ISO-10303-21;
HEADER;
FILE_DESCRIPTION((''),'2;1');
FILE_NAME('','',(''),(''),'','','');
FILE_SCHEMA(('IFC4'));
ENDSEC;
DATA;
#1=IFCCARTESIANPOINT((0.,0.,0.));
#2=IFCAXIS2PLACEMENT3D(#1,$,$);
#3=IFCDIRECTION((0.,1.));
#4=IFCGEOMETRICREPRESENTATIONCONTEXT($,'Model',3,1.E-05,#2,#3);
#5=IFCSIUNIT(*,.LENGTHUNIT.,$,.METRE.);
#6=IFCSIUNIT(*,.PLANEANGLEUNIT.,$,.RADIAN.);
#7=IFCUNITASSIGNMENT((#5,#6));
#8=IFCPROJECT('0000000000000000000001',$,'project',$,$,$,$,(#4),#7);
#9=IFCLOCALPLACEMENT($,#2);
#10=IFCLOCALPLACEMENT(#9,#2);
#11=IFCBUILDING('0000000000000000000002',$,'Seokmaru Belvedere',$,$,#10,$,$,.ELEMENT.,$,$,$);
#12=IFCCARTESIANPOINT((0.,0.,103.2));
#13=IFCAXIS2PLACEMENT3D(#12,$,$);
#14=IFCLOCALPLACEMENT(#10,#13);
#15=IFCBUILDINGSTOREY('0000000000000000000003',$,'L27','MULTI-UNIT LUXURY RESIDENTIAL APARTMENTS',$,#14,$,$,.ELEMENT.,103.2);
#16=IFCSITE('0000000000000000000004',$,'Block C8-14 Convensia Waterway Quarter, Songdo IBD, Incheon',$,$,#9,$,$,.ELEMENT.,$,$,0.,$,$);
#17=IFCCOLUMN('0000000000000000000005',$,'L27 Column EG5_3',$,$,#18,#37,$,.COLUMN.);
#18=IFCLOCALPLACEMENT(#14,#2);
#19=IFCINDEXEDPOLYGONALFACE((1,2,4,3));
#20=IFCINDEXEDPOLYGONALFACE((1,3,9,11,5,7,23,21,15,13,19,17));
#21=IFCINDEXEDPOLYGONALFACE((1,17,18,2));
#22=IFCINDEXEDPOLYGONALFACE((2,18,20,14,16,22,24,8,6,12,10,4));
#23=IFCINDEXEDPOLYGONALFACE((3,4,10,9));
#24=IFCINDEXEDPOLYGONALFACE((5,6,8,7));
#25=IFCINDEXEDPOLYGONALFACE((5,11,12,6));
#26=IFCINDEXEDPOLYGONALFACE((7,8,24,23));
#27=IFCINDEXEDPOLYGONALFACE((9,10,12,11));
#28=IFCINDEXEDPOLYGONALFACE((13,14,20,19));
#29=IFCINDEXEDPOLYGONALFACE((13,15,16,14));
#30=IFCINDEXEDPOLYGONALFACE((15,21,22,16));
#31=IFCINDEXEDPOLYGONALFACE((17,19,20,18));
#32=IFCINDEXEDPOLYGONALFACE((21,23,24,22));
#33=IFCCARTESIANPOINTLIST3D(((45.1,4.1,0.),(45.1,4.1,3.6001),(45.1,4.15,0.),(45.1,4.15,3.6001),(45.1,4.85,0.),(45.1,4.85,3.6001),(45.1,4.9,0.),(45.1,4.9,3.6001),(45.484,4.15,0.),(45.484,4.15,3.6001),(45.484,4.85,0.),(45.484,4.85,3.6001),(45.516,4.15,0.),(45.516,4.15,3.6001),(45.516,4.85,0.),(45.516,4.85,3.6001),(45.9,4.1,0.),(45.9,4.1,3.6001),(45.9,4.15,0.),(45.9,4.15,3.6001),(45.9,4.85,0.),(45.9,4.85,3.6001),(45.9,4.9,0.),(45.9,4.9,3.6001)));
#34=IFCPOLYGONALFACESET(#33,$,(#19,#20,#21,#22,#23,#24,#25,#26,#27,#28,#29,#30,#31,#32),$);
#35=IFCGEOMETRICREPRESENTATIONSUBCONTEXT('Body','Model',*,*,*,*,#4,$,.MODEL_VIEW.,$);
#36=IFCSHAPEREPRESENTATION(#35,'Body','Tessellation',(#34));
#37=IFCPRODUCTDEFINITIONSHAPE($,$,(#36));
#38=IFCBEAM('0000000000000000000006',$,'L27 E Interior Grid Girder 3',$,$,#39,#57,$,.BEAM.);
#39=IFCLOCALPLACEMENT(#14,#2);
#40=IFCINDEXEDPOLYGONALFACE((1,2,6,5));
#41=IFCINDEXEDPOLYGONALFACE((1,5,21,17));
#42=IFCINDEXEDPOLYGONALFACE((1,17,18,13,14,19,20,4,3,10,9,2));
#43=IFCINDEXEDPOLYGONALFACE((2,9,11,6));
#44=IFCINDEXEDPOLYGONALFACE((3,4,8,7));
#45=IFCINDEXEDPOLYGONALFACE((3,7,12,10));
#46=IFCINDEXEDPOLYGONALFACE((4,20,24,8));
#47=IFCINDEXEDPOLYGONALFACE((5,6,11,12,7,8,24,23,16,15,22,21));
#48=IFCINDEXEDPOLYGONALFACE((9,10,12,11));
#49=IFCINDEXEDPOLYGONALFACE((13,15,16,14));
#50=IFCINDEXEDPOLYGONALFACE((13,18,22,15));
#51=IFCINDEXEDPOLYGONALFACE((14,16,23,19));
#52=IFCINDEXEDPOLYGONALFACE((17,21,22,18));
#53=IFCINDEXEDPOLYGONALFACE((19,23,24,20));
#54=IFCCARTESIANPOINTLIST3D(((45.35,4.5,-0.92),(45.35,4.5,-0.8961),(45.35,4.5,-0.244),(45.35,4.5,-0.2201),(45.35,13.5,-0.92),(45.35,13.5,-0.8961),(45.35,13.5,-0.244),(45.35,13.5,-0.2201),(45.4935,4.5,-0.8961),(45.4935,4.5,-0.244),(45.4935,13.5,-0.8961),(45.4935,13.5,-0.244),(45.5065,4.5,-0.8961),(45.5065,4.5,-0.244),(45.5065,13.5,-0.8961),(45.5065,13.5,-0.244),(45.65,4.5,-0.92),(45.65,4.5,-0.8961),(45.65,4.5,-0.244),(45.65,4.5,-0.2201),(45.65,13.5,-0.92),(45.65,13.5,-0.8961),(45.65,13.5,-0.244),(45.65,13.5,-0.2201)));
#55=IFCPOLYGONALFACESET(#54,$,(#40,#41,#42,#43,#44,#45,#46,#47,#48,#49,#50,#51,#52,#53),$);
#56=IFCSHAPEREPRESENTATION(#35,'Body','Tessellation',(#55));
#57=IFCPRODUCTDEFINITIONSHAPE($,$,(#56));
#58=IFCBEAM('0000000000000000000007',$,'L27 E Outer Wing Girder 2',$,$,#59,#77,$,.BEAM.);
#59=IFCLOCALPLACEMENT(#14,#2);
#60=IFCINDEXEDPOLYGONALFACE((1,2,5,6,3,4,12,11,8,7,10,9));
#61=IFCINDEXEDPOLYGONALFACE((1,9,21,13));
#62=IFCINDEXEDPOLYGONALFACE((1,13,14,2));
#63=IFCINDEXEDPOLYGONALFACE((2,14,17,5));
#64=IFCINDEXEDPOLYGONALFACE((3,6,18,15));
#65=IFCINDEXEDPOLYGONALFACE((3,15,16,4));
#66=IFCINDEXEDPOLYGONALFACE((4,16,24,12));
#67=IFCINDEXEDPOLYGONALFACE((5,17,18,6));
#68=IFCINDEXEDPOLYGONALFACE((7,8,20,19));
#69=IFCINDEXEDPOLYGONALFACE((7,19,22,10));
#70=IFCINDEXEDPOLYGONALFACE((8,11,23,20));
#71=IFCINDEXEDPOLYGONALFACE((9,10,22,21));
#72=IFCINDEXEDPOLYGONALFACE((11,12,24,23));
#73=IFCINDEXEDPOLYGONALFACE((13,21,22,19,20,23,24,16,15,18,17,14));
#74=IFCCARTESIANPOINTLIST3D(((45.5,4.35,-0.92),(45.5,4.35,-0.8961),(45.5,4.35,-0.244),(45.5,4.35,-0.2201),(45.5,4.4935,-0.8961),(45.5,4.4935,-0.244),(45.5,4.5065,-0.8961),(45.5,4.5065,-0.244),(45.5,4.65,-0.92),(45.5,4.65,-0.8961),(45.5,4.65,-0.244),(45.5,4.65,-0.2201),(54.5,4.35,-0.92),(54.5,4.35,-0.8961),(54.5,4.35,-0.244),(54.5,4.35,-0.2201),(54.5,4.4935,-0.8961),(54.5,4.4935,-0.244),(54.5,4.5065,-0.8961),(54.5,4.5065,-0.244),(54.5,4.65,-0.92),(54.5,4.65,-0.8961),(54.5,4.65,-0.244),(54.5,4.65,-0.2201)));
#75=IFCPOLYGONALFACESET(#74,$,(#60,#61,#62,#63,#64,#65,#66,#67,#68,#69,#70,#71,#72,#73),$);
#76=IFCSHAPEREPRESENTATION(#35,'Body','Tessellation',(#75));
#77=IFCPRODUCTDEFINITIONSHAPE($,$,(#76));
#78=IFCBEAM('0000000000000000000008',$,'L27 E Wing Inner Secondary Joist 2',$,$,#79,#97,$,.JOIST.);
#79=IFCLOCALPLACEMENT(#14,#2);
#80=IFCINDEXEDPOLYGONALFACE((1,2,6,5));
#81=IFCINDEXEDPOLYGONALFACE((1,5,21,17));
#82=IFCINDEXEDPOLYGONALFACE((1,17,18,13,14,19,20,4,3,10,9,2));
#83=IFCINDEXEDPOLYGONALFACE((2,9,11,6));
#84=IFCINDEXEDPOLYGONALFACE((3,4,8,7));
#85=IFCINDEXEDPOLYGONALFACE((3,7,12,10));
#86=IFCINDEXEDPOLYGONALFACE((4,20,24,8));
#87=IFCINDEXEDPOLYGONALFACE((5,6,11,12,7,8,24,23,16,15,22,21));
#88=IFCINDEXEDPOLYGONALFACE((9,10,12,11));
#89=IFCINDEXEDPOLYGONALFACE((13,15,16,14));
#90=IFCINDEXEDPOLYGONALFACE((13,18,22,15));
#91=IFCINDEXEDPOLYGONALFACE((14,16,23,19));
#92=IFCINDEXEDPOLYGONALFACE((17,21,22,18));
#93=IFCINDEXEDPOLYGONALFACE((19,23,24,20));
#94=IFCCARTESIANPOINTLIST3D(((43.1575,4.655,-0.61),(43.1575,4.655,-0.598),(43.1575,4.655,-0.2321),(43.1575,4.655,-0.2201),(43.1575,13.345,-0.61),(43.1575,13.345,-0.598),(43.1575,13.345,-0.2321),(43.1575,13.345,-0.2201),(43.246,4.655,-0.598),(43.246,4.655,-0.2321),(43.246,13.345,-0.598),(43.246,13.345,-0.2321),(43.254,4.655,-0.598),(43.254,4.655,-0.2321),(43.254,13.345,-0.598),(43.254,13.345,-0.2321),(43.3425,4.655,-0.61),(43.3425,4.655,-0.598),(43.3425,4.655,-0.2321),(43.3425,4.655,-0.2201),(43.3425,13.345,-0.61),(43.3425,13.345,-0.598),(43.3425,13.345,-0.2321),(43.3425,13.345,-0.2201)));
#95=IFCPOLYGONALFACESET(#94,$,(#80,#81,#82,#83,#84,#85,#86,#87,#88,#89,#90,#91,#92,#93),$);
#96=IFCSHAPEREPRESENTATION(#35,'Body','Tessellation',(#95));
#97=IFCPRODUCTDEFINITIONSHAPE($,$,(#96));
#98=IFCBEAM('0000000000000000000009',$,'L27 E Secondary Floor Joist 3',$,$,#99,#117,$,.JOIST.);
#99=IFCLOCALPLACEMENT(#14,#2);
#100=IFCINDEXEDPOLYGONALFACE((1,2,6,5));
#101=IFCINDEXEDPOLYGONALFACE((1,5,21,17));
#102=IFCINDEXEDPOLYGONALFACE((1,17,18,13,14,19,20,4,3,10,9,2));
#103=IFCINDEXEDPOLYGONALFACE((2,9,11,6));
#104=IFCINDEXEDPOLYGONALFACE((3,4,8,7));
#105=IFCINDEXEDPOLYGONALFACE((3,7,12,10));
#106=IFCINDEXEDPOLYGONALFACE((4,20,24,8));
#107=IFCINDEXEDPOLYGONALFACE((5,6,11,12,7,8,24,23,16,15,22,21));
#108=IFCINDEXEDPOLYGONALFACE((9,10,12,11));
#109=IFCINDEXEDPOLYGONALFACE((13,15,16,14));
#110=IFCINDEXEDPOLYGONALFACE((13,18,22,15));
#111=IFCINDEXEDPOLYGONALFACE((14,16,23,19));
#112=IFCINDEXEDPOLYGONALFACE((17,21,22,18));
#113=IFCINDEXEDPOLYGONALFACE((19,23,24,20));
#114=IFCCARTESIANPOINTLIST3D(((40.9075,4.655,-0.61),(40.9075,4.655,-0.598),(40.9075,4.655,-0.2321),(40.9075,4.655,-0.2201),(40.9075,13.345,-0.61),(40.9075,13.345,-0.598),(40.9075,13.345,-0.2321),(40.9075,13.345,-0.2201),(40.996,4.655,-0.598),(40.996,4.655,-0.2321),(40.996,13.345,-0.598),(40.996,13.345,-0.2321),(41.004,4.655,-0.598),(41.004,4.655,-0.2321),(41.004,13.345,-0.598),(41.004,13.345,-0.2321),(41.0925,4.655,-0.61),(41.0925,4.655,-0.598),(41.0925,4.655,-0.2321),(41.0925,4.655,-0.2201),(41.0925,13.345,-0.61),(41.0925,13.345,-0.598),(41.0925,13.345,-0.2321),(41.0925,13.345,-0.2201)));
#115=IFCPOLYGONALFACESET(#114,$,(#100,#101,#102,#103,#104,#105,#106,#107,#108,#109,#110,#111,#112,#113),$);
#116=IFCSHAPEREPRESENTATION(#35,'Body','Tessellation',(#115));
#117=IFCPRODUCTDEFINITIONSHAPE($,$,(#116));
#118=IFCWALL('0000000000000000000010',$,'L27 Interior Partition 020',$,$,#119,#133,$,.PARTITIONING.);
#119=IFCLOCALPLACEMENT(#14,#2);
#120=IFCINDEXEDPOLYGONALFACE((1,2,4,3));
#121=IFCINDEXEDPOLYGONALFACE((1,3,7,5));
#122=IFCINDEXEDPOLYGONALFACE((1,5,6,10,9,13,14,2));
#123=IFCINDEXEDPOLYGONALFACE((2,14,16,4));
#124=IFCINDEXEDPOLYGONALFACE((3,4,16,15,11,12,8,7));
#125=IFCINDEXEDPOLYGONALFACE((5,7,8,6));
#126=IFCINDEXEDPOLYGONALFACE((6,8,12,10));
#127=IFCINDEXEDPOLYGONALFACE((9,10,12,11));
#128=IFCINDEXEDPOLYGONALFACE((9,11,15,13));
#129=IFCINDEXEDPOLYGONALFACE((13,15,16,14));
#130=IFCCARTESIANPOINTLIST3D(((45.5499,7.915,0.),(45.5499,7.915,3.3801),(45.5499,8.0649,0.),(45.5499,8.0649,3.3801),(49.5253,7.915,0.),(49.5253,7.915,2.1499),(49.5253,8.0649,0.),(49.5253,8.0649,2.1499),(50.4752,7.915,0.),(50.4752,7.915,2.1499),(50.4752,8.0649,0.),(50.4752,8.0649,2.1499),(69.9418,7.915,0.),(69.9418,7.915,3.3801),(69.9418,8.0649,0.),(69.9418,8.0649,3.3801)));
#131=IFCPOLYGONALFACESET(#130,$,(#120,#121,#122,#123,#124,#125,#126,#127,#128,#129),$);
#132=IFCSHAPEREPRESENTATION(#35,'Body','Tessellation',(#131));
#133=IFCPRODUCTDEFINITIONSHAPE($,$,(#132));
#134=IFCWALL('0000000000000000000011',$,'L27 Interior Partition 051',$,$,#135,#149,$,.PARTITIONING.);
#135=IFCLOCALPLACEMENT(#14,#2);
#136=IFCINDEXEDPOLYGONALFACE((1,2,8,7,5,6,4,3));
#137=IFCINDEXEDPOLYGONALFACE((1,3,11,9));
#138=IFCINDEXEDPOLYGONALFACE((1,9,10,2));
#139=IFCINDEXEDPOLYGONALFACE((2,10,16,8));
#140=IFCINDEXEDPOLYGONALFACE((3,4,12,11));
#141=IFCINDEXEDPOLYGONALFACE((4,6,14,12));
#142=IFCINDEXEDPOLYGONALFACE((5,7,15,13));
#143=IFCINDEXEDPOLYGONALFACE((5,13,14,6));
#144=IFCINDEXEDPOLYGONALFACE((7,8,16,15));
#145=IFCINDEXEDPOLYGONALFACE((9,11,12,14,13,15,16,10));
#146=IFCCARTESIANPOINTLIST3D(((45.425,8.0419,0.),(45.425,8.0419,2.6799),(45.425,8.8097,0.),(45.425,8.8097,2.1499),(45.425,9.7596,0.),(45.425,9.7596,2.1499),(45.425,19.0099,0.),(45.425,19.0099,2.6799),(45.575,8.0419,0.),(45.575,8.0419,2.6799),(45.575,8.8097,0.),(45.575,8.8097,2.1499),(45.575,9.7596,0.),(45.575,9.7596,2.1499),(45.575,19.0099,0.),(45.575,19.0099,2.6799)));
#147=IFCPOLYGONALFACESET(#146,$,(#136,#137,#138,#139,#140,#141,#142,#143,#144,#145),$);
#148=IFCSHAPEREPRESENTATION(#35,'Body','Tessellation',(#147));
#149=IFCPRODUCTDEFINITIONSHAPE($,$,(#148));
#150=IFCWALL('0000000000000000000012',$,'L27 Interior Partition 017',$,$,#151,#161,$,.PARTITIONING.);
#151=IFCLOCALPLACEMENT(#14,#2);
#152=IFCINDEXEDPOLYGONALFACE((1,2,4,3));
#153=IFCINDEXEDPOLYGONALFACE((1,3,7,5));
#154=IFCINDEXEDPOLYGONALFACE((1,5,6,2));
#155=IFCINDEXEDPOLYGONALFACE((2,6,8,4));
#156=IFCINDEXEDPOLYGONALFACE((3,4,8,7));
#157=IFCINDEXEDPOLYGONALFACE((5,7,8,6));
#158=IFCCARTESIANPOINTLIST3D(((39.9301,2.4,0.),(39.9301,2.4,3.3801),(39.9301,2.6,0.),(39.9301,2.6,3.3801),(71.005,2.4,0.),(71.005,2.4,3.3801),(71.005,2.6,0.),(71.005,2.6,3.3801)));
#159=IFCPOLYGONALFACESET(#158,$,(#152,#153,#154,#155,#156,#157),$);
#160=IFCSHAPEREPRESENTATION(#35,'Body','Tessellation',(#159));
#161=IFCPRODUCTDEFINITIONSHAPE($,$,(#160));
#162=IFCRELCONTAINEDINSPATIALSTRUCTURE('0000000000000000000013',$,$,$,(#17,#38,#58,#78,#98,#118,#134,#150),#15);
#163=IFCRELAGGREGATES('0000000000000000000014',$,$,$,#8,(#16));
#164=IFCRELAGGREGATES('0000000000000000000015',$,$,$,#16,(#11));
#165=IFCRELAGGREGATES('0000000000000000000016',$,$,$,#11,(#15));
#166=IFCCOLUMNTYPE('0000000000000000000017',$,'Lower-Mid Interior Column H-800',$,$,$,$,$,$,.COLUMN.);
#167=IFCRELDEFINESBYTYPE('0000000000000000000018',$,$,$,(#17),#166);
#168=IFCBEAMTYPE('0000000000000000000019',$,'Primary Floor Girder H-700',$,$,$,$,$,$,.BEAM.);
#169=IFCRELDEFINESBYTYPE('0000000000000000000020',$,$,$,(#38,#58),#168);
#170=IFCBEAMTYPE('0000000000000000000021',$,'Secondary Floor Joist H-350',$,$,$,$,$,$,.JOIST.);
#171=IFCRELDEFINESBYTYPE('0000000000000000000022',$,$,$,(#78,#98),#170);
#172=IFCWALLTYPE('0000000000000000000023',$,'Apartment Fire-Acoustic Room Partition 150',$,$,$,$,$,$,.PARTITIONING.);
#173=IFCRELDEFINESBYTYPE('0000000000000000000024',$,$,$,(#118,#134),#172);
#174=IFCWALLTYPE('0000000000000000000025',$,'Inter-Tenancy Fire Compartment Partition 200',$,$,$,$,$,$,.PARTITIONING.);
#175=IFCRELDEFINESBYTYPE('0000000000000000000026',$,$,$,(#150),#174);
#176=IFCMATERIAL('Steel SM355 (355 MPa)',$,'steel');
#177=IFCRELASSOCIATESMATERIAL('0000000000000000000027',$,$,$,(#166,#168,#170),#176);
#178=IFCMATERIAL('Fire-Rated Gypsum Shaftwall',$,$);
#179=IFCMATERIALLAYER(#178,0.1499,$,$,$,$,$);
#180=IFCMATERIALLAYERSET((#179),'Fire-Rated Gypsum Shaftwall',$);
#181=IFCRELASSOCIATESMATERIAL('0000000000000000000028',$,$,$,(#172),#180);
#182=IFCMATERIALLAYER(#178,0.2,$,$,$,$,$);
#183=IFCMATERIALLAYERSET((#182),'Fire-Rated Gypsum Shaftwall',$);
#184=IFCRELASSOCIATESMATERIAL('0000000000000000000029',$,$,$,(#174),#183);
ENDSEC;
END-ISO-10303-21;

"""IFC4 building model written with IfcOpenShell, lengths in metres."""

from ifc_helpers import new_model, si_unit, direction, frame, frame_2d, origin, origin_2d, place, context, subcontext, project, spatial, rectangle, i_section, extrude, source, transform, mapped, material, layer, layer_set, material_profile, profile_set, type_object, type_shapes, element, save


model = new_model("IFC4")

# Units and contexts
model_context = context("Model", 3, precision=1e-05, world=origin(), true_north=direction((0.0, 1.0)))
body_context = subcontext(model_context, "Body", "Model", "MODEL_VIEW")
ifc_project = project(units=[si_unit("LENGTHUNIT", "METRE"), si_unit("PLANEANGLEUNIT", "RADIAN")], contexts=[model_context])

# Site, building, storey
site_placement = place(None, origin())
site = spatial("IfcSite", under=ifc_project, at=site_placement, Name="Block C8-14 Convensia Waterway Quarter, Songdo IBD, Incheon", CompositionType="ELEMENT", RefElevation=0.0)
building_placement = place(site_placement, origin())
building = spatial("IfcBuilding", under=site, at=building_placement, Name="Seokmaru Belvedere", CompositionType="ELEMENT")
storey_placement = place(building_placement, frame((0.0, 0.0, 103.2)))
storey = spatial("IfcBuildingStorey", under=building, at=storey_placement, Name="L27", Description="MULTI-UNIT LUXURY RESIDENTIAL APARTMENTS", CompositionType="ELEMENT", Elevation=103.2)

# Column
ifc_material_1 = material(Name="Steel SM355 (355 MPa)", Category="steel")
ifc_material_profile_1 = material_profile(ifc_material_1, i_section(OverallWidth=0.8, OverallDepth=0.8, WebThickness=0.032, FlangeThickness=0.05, at=origin_2d()), Name="H-800x800x32x50")
ifc_profile_set_1 = profile_set([ifc_material_profile_1], Name="Steel SM355 (355 MPa)")
column_type = type_object("IfcColumnType", Name="Lower-Mid Interior Column H-800", PredefinedType="COLUMN", material=ifc_profile_set_1)
shared_shape_1 = source(origin(), body_context, "Body", "SweptSolid", [
    extrude(i_section(OverallWidth=0.8, OverallDepth=0.8, WebThickness=0.032, FlangeThickness=0.05, at=origin_2d()), origin(), (0.0, 0.0, 1.0), 3.6001),
])
type_shapes(column_type, [shared_shape_1])
column_placement = place(storey_placement, frame((45.5, 4.5, 0.0), z_axis=(0.0, 0.0, 1.0), x_axis=(1.0, 0.0, 0.0)))
element("IfcColumn", 1, at=column_placement, inside=storey, type_object=column_type, Name="L27 Column EG5_3", PredefinedType="COLUMN", context=body_context, shape_type="MappedRepresentation", body=[
    mapped(shared_shape_1, transform((0.0, 0.0, 0.0), scale=1.0)),
])

# Beams
ifc_material_profile_2 = material_profile(ifc_material_1, i_section(OverallWidth=0.3, OverallDepth=0.7, WebThickness=0.0129, FlangeThickness=0.0239, at=origin_2d()), Name="H-700x300x13x24")
ifc_profile_set_2 = profile_set([ifc_material_profile_2], Name="Steel SM355 (355 MPa)")
beam_type_1 = type_object("IfcBeamType", Name="Primary Floor Girder H-700", PredefinedType="BEAM", material=ifc_profile_set_2)
shared_shape_2 = source(origin(), body_context, "Body", "SweptSolid", [
    extrude(i_section(OverallWidth=0.3, OverallDepth=0.7, WebThickness=0.0129, FlangeThickness=0.0239, at=origin_2d()), origin(), (0.0, 0.0, 1.0), 9.0),
])
type_shapes(beam_type_1, [shared_shape_2])
for number, where, z_axis, x_axis, name in (
    (2, (45.5, 4.5, -0.5701), (0.0, 1.0, 0.0), (-1.0, 0.0, 0.0), "L27 E Interior Grid Girder 3"),
    (3, (45.5, 4.5, -0.5701), (1.0, 0.0, 0.0), (0.0, 1.0, 0.0), "L27 E Outer Wing Girder 2"),
):
    element("IfcBeam", number, at=place(storey_placement, frame(where, z_axis=z_axis, x_axis=x_axis)), inside=storey, type_object=beam_type_1, Name=name, PredefinedType="BEAM", context=body_context, shape_type="MappedRepresentation", body=[
        mapped(shared_shape_2, transform((0.0, 0.0, 0.0), scale=1.0)),
    ])
ifc_material_profile_3 = material_profile(ifc_material_1, i_section(OverallWidth=0.1851, OverallDepth=0.3899, WebThickness=0.0081, FlangeThickness=0.012, at=origin_2d()), Name="H-390x185x8x12")
ifc_profile_set_3 = profile_set([ifc_material_profile_3], Name="Steel SM355 (355 MPa)")
beam_type_2 = type_object("IfcBeamType", Name="Secondary Floor Joist H-350", PredefinedType="JOIST", material=ifc_profile_set_3)
shared_shape_3 = source(origin(), body_context, "Body", "SweptSolid", [
    extrude(i_section(OverallWidth=0.1851, OverallDepth=0.3899, WebThickness=0.0081, FlangeThickness=0.012, at=origin_2d()), origin(), (0.0, 0.0, 1.0), 8.6899),
])
type_shapes(beam_type_2, [shared_shape_3])
for number, where, z_axis, x_axis, name in (
    (4, (43.25, 4.655, -0.415), (0.0, 1.0, 0.0), (-1.0, 0.0, 0.0), "L27 E Wing Inner Secondary Joist 2"),
    (5, (41.0, 4.655, -0.415), (0.0, 1.0, 0.0), (-1.0, 0.0, 0.0), "L27 E Secondary Floor Joist 3"),
):
    element("IfcBeam", number, at=place(storey_placement, frame(where, z_axis=z_axis, x_axis=x_axis)), inside=storey, type_object=beam_type_2, Name=name, PredefinedType="JOIST", context=body_context, shape_type="MappedRepresentation", body=[
        mapped(shared_shape_3, transform((0.0, 0.0, 0.0), scale=1.0)),
    ])

# Walls, openings
ifc_material_2 = material(Name="Fire-Rated Gypsum Shaftwall")
ifc_layer_1 = layer(ifc_material_2, 0.1499)
ifc_layer_set_1 = layer_set([ifc_layer_1], Name="Fire-Rated Gypsum Shaftwall")
wall_type_1 = type_object("IfcWallType", Name="Apartment Fire-Acoustic Room Partition 150", PredefinedType="PARTITIONING", material=ifc_layer_set_1)
wall_1_placement = place(storey_placement, frame((45.55, 7.99, 0.0), z_axis=(0.0, 0.0, 1.0), x_axis=(1.0, 0.0, 0.0)))
wall_1 = element("IfcWall", 6, at=wall_1_placement, inside=storey, type_object=wall_type_1, Name="L27 Interior Partition 020", PredefinedType="PARTITIONING", context=body_context, shape_type="SweptSolid", body=[
    extrude(rectangle(XDim=24.3918, YDim=0.1499, at=frame_2d((12.1958, 0.0))), origin(), (0.0, 0.0, 1.0), 3.3801),
])
opening_1_placement = place(wall_1_placement, frame((3.9751, 0.0, 0.0)))
element("IfcOpeningElement", 7, at=opening_1_placement, cuts=wall_1, PredefinedType="OPENING", context=body_context, shape_type="SweptSolid", body=[
    extrude(rectangle(XDim=0.95, YDim=2.1499, at=frame_2d((0.4751, 1.075))), frame((0.0, 0.085, 0.0), z_axis=(0.0, -1.0, 0.0), x_axis=(1.0, 0.0, 0.0)), (0.0, 0.0, 1.0), 0.1699),
])
wall_2_placement = place(storey_placement, frame((45.5, 8.042, 0.0), z_axis=(0.0, 0.0, 1.0), x_axis=(0.0, 1.0, 0.0)))
wall_2 = element("IfcWall", 8, at=wall_2_placement, inside=storey, type_object=wall_type_1, Name="L27 Interior Partition 051", PredefinedType="PARTITIONING", context=body_context, shape_type="SweptSolid", body=[
    extrude(rectangle(XDim=10.968, YDim=0.1499, at=frame_2d((5.4839, 0.0))), origin(), (0.0, 0.0, 1.0), 2.6799),
])
opening_2_placement = place(wall_2_placement, frame((0.7676, 0.0, 0.0)))
element("IfcOpeningElement", 9, at=opening_2_placement, cuts=wall_2, PredefinedType="OPENING", context=body_context, shape_type="SweptSolid", body=[
    extrude(rectangle(XDim=0.95, YDim=2.1499, at=frame_2d((0.4751, 1.075))), frame((0.0, 0.085, 0.0), z_axis=(0.0, -1.0, 0.0), x_axis=(1.0, 0.0, 0.0)), (0.0, 0.0, 1.0), 0.1699),
])

# Wall
ifc_layer_2 = layer(ifc_material_2, 0.2)
ifc_layer_set_2 = layer_set([ifc_layer_2], Name="Fire-Rated Gypsum Shaftwall")
wall_type_2 = type_object("IfcWallType", Name="Inter-Tenancy Fire Compartment Partition 200", PredefinedType="PARTITIONING", material=ifc_layer_set_2)
wall_3_placement = place(storey_placement, frame((39.9299, 2.5, 0.0), z_axis=(0.0, 0.0, 1.0), x_axis=(1.0, 0.0, 0.0)))
element("IfcWall", 10, at=wall_3_placement, inside=storey, type_object=wall_type_2, Name="L27 Interior Partition 017", PredefinedType="PARTITIONING", context=body_context, shape_type="SweptSolid", body=[
    extrude(rectangle(XDim=31.075, YDim=0.2, at=frame_2d((15.5376, 0.0))), origin(), (0.0, 0.0, 1.0), 3.3801),
])

save(model, "model.ifc")
